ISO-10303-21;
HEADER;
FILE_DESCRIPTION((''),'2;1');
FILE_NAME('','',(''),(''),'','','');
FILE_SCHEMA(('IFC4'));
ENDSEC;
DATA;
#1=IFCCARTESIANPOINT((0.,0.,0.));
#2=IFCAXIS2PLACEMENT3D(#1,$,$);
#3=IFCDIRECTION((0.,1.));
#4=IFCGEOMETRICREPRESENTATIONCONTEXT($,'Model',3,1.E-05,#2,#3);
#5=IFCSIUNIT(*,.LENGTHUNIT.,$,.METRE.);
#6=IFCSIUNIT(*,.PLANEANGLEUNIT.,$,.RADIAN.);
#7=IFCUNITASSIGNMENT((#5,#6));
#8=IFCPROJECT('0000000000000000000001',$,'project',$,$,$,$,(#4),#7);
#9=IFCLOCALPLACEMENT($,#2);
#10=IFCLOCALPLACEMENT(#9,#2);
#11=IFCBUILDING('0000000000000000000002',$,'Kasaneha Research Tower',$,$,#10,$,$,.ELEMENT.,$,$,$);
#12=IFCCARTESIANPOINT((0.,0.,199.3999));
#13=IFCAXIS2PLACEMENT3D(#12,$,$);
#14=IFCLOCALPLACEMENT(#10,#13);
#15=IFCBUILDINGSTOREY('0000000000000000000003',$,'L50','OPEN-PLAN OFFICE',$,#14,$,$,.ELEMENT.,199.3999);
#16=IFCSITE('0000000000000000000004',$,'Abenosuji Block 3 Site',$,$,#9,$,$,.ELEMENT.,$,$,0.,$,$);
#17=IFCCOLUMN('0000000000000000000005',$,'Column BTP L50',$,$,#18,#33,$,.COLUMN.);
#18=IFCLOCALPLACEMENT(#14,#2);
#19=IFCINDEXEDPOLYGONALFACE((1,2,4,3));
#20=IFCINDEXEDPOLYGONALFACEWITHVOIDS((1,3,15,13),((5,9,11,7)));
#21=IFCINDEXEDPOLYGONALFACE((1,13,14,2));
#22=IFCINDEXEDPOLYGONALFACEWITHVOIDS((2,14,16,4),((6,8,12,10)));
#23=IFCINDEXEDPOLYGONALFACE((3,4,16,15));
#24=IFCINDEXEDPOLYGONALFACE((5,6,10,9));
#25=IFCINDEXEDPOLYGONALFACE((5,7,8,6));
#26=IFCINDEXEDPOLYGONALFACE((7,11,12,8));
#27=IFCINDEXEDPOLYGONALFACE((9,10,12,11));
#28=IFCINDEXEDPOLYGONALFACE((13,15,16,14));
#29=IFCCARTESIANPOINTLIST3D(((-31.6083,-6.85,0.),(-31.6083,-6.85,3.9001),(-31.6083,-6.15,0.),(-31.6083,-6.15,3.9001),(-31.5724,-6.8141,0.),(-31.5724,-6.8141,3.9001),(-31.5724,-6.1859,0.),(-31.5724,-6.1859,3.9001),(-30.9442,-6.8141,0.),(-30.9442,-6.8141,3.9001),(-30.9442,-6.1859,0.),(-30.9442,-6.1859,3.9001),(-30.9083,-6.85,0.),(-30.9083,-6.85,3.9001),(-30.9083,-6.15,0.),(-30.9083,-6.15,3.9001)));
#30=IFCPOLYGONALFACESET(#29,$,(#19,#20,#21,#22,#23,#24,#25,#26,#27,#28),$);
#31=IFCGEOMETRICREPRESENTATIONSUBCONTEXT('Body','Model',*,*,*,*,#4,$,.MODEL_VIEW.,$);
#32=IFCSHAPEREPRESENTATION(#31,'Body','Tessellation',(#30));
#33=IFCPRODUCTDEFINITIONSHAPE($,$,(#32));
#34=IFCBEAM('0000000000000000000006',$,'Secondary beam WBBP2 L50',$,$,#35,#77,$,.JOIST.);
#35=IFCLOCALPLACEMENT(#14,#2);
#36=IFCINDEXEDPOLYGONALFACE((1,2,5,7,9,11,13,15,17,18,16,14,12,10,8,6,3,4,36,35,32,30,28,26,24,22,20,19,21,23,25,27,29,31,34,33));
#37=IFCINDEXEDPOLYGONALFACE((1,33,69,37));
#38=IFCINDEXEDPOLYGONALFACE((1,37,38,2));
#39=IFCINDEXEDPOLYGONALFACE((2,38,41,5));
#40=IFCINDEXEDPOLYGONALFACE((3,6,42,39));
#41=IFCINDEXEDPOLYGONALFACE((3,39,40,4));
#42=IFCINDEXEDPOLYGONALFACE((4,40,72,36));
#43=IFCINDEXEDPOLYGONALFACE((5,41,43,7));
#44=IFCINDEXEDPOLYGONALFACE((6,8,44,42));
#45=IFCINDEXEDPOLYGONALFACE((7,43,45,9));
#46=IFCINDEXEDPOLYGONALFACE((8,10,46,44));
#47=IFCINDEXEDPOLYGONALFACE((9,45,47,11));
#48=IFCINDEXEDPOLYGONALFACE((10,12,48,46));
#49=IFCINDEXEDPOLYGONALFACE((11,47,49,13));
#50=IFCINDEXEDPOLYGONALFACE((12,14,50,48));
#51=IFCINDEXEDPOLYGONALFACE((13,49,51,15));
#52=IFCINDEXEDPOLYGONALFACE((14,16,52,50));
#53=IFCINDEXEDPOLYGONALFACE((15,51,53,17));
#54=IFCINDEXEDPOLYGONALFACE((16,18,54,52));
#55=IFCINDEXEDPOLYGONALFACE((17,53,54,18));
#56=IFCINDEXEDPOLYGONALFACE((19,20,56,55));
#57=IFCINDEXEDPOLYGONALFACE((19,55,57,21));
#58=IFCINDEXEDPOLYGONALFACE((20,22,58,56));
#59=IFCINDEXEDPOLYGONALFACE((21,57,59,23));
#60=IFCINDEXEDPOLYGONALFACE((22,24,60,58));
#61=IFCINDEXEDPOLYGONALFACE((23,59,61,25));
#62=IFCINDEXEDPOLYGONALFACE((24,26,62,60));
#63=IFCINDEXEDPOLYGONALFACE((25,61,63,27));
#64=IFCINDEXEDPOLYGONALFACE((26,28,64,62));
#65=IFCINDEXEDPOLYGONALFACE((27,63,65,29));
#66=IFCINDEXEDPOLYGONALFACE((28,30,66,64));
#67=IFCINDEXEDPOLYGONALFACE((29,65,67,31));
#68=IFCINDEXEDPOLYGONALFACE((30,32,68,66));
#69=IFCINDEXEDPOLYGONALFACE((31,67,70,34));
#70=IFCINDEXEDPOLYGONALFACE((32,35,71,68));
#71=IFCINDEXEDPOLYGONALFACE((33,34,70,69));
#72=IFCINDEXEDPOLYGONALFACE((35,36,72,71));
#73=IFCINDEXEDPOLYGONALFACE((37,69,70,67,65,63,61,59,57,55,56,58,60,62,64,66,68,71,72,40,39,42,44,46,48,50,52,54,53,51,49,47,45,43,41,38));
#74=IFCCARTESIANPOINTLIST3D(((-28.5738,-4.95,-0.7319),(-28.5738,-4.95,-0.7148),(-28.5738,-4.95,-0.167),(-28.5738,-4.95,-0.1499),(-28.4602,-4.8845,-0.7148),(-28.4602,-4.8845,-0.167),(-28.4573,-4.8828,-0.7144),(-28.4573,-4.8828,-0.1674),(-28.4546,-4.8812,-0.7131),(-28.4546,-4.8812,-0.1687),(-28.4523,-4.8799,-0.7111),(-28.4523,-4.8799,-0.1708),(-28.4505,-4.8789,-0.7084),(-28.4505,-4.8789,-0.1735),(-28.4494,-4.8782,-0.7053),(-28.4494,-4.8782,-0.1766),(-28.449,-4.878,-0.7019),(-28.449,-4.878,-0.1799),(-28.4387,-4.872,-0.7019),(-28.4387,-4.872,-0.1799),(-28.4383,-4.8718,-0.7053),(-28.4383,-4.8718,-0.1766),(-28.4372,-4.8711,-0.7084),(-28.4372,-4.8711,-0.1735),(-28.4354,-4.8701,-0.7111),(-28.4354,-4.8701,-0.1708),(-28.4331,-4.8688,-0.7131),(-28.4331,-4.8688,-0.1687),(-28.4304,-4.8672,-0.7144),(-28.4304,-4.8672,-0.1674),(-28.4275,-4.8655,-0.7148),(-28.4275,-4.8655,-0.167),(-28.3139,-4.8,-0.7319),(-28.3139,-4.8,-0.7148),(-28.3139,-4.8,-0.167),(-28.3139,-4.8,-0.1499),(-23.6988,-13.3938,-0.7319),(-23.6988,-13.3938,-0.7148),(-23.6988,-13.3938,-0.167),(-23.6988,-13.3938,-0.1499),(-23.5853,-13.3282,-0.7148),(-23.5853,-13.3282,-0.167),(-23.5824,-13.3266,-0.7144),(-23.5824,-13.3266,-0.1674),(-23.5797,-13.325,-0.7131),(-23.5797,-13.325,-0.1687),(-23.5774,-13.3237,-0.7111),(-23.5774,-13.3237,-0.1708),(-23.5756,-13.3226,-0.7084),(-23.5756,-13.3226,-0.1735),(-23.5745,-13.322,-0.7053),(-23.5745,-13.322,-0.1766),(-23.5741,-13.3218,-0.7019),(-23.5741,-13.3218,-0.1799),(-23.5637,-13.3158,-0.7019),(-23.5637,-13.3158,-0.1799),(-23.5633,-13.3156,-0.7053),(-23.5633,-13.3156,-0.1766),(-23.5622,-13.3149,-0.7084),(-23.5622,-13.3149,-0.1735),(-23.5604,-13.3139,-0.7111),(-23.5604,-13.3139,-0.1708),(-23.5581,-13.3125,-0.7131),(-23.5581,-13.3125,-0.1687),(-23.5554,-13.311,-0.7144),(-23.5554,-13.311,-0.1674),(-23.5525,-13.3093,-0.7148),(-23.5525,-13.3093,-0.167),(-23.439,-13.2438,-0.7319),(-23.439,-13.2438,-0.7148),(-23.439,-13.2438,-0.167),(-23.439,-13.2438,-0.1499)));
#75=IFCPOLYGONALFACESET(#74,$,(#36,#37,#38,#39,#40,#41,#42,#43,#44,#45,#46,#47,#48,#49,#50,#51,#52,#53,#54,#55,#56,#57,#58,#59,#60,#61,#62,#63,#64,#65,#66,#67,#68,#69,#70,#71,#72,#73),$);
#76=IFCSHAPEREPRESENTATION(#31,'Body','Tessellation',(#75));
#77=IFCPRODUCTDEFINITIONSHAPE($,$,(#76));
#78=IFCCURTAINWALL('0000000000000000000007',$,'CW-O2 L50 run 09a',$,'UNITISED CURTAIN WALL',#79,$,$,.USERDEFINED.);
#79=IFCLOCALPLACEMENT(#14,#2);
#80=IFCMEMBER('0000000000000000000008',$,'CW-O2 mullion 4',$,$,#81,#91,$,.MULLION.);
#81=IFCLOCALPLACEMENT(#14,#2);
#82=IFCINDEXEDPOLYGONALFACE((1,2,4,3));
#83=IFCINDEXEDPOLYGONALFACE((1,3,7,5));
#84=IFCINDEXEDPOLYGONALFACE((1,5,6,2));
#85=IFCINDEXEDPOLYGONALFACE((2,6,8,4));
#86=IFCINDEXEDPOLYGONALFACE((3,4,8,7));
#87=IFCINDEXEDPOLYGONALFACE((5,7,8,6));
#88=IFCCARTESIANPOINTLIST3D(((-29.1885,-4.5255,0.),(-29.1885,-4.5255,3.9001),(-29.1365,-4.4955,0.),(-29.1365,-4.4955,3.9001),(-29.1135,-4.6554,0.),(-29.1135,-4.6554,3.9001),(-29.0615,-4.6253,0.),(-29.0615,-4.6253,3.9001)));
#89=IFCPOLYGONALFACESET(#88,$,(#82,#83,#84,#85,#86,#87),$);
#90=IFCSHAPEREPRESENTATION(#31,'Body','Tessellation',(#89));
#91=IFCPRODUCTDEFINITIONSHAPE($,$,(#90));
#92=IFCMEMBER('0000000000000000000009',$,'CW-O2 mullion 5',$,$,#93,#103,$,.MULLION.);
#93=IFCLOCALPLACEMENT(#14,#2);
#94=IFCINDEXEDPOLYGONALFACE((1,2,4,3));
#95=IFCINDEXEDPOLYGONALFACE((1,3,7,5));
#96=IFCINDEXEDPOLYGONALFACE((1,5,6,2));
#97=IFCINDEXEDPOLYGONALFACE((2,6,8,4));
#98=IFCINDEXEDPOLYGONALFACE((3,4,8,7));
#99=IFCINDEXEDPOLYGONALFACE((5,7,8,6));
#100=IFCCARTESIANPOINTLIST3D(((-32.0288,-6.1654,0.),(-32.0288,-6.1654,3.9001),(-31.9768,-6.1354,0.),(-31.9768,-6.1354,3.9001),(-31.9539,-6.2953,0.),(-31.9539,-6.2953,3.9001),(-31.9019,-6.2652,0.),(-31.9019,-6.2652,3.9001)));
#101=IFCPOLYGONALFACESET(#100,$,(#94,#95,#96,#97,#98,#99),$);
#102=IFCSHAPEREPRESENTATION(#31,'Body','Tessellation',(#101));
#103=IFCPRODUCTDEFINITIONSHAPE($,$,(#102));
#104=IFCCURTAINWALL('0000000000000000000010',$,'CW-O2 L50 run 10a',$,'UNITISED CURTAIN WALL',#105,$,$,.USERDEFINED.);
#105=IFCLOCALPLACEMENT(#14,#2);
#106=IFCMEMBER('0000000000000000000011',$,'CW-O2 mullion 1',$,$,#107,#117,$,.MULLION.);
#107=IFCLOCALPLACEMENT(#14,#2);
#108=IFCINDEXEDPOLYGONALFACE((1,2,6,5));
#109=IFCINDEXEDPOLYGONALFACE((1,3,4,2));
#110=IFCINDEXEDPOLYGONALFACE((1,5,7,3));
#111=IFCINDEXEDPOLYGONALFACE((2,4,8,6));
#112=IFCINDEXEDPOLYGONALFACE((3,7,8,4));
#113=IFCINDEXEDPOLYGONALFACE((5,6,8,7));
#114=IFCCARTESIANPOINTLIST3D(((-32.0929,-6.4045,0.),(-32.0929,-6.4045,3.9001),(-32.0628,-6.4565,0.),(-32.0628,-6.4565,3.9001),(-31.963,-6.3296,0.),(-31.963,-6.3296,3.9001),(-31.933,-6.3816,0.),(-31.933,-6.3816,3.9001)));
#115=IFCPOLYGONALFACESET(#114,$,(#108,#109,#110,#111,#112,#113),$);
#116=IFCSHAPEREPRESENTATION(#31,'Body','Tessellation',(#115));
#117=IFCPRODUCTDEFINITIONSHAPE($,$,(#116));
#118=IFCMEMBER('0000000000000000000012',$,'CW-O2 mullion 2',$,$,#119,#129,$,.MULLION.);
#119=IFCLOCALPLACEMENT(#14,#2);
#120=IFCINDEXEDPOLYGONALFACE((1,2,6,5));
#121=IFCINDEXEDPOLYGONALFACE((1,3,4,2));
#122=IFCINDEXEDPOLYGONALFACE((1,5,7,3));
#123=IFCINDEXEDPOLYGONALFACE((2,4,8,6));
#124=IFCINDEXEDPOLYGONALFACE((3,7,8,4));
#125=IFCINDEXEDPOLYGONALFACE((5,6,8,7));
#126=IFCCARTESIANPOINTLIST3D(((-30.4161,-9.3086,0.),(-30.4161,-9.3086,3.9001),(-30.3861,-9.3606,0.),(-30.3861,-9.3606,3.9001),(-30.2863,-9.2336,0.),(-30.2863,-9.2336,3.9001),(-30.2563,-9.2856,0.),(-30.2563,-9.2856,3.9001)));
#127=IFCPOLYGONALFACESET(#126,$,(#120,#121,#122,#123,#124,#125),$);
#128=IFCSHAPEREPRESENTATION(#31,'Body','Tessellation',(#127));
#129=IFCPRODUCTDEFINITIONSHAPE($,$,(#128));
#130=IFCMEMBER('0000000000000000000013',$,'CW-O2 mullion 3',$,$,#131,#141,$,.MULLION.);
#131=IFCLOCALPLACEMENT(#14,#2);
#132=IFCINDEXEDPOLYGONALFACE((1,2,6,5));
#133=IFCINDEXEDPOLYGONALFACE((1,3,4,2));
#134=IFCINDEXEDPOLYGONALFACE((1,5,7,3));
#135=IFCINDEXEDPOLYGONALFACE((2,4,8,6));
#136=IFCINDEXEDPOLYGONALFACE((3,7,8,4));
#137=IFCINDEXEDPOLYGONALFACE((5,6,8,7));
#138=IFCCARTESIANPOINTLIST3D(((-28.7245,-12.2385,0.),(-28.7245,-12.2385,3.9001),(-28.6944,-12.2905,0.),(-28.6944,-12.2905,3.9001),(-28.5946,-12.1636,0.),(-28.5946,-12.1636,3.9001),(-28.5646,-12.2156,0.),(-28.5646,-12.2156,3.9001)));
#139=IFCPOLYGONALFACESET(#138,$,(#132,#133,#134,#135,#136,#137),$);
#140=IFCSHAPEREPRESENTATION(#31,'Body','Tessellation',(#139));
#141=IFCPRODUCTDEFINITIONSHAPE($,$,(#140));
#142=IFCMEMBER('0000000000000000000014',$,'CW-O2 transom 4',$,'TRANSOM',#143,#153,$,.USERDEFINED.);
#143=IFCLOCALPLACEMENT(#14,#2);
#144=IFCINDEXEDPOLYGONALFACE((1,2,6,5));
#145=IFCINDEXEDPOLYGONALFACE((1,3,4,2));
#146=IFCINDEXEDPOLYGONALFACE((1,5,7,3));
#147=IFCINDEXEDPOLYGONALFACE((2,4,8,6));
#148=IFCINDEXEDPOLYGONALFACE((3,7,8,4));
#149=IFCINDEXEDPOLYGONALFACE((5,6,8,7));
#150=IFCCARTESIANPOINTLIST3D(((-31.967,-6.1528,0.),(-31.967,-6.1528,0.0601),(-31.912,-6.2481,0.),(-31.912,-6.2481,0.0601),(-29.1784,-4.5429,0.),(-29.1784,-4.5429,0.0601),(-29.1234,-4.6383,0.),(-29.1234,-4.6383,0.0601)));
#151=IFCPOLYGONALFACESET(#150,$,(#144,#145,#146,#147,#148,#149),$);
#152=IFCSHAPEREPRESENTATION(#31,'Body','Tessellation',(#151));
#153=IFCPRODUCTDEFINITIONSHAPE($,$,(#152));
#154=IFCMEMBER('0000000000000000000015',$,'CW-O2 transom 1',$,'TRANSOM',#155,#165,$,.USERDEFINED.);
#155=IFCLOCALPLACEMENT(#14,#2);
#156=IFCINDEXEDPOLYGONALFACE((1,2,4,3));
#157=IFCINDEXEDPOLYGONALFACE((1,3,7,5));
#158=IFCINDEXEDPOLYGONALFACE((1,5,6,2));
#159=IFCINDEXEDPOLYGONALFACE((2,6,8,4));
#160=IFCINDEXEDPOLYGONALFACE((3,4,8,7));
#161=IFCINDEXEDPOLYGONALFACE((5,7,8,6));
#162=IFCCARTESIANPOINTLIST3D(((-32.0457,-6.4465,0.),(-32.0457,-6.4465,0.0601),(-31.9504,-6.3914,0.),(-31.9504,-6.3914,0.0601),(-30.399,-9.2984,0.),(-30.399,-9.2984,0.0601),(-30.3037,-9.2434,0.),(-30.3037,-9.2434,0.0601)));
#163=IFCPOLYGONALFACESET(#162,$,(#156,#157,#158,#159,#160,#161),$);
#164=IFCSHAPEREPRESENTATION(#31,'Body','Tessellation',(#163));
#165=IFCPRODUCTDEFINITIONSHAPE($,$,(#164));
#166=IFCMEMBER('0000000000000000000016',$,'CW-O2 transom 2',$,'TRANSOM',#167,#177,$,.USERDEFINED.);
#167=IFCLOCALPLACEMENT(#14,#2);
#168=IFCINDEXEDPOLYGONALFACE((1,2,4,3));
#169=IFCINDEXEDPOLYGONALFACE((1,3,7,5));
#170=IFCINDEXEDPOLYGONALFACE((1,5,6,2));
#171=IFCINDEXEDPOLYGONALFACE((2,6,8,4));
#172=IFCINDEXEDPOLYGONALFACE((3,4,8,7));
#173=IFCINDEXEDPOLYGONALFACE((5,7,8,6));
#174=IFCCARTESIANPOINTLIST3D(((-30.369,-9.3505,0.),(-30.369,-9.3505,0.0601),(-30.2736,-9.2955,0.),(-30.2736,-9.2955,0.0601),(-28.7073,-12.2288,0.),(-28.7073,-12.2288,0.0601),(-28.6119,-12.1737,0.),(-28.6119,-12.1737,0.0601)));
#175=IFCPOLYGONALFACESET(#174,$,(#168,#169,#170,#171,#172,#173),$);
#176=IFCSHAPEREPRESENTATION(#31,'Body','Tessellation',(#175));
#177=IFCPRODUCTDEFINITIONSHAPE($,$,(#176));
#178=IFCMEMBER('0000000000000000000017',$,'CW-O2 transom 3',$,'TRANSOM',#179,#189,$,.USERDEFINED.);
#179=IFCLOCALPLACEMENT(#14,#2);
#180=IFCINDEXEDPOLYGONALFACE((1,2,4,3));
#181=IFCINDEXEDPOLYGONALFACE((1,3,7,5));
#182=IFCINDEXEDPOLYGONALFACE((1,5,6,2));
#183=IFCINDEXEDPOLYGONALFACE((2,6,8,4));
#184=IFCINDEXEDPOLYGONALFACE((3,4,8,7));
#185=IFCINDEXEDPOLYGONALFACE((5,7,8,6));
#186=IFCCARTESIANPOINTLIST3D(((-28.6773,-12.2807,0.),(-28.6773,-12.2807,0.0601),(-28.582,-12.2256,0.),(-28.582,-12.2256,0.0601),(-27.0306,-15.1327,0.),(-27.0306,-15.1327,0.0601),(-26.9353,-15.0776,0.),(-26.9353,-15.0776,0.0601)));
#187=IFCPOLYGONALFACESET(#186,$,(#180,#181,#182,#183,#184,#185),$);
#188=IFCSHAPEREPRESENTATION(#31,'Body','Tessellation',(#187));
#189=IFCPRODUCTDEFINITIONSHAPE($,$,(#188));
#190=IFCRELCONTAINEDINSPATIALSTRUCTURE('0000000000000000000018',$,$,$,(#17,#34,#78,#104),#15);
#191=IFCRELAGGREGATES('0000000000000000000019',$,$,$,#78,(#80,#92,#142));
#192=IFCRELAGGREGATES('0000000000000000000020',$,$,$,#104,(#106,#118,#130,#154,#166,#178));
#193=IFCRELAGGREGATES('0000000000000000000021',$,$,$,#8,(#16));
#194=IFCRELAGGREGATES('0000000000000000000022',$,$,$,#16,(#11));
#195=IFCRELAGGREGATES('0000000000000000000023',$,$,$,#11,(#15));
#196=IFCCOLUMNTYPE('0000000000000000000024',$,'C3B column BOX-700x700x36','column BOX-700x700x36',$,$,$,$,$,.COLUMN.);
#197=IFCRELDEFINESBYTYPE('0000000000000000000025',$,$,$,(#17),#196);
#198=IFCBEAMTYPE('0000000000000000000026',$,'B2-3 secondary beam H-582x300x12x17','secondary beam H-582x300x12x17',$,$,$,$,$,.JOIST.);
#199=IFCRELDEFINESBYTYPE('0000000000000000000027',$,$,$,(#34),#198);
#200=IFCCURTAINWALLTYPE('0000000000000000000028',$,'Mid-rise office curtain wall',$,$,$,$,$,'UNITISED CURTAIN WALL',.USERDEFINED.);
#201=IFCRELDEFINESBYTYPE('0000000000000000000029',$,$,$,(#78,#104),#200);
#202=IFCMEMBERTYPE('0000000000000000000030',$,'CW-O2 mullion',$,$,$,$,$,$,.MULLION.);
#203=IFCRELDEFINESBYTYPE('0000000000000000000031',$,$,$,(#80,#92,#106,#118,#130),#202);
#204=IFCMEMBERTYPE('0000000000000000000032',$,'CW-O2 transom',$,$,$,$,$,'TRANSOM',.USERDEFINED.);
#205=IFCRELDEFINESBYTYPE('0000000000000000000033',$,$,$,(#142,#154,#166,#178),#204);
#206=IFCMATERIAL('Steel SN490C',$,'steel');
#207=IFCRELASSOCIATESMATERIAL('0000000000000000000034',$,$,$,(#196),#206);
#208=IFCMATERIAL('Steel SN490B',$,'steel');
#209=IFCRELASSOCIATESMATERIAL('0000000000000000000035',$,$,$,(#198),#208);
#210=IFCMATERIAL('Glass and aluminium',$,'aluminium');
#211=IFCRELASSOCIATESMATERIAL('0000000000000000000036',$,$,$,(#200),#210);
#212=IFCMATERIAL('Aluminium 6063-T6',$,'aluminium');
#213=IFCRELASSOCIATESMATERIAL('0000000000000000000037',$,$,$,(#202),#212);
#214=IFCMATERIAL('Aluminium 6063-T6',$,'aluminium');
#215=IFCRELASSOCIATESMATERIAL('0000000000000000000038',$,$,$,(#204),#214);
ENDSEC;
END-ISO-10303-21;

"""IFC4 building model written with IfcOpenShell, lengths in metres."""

from ifc_helpers import new_model, si_unit, direction, frame, origin, origin_2d, place, context, subcontext, project, spatial, rectangle, hollow_rectangle, i_section, extrude, material, material_profile, profile_set, type_object, element, aggregate, save


model = new_model("IFC4")

# Units and contexts
model_context = context("Model", 3, precision=1e-05, world=origin(), true_north=direction((0.0, 1.0)))
body_context = subcontext(model_context, "Body", "Model", "MODEL_VIEW")
ifc_project = project(units=[si_unit("LENGTHUNIT", "METRE"), si_unit("PLANEANGLEUNIT", "RADIAN")], contexts=[model_context])

# Site, building, storey
site_placement = place(None, origin())
site = spatial("IfcSite", under=ifc_project, at=site_placement, Name="Abenosuji Block 3 Site", CompositionType="ELEMENT", RefElevation=0.0)
building_placement = place(site_placement, origin())
building = spatial("IfcBuilding", under=site, at=building_placement, Name="Kasaneha Research Tower", CompositionType="ELEMENT")
storey_placement = place(building_placement, frame((0.0, 0.0, 199.3999)))
storey = spatial("IfcBuildingStorey", under=building, at=storey_placement, Name="L50", Description="OPEN-PLAN OFFICE", CompositionType="ELEMENT", Elevation=199.3999)

# Column
ifc_material_1 = material(Name="Steel SN490C", Category="steel")
ifc_material_profile_1 = material_profile(ifc_material_1, hollow_rectangle(XDim=0.7, YDim=0.7, WallThickness=0.0359, at=origin_2d()), Name="BOX-700x700x36")
ifc_profile_set_1 = profile_set([ifc_material_profile_1], Name="Steel SN490C")
column_type = type_object("IfcColumnType", Name="C3B column BOX-700x700x36", Description="column BOX-700x700x36", PredefinedType="COLUMN", material=ifc_profile_set_1)
column_placement = place(storey_placement, frame((-31.2583, -6.5, 0.0), z_axis=(0.0, 0.0, 1.0), x_axis=(1.0, 0.0, 0.0)))
element("IfcColumn", 1, at=column_placement, inside=storey, type_object=column_type, Name="Column BTP L50", PredefinedType="COLUMN", context=body_context, shape_type="SweptSolid", body=[
    extrude(hollow_rectangle(XDim=0.7, YDim=0.7, WallThickness=0.0359, at=origin_2d()), origin(), (0.0, 0.0, 1.0), 3.9001),
])

# Beam
ifc_material_2 = material(Name="Steel SN490B", Category="steel")
ifc_material_profile_2 = material_profile(ifc_material_2, i_section(OverallWidth=0.3, OverallDepth=0.582, WebThickness=0.012, FlangeThickness=0.0171, FilletRadius=0.0129, at=origin_2d()), Name="H-582x300x12x17")
ifc_profile_set_2 = profile_set([ifc_material_profile_2], Name="Steel SN490B")
beam_type_1 = type_object("IfcBeamType", Name="B2-3 secondary beam H-582x300x12x17", Description="secondary beam H-582x300x12x17", PredefinedType="JOIST", material=ifc_profile_set_2)
beam_1_placement = place(storey_placement, frame((-28.4438, -4.875, -0.4409), z_axis=(0.499996, -0.866028, 0.0), x_axis=(0.866028, 0.499996, 0.0)))
element("IfcBeam", 2, at=beam_1_placement, inside=storey, type_object=beam_type_1, Name="Secondary beam WBBP2 L50", PredefinedType="JOIST", context=body_context, shape_type="SweptSolid", body=[
    extrude(i_section(OverallWidth=0.3, OverallDepth=0.582, WebThickness=0.012, FlangeThickness=0.0171, FilletRadius=0.0129, at=origin_2d()), origin(), (0.0, 0.0, 1.0), 9.75),
])

# Curtain walls, members
ifc_material_3 = material(Name="Glass and aluminium", Category="aluminium")
curtain_wall_type = type_object("IfcCurtainWallType", Name="Mid-rise office curtain wall", ElementType="UNITISED CURTAIN WALL", PredefinedType="USERDEFINED", material=ifc_material_3)
curtain_wall_1_placement = place(storey_placement, origin())
curtain_wall_1 = element("IfcCurtainWall", 3, at=curtain_wall_1_placement, inside=storey, type_object=curtain_wall_type, Name="CW-O2 L50 run 09a", ObjectType="UNITISED CURTAIN WALL", PredefinedType="USERDEFINED")
ifc_material_4 = material(Name="Aluminium 6063-T6", Category="aluminium")
ifc_material_profile_3 = material_profile(ifc_material_4, rectangle(XDim=0.0601, YDim=0.1499, at=origin_2d()), Name="CW-O2 mullion 60x150")
ifc_profile_set_3 = profile_set([ifc_material_profile_3], Name="Aluminium 6063-T6")
member_type_1 = type_object("IfcMemberType", Name="CW-O2 mullion", PredefinedType="MULLION", material=ifc_profile_set_3)
member_1_placement = place(storey_placement, frame((-29.125, -4.5754, 0.0), z_axis=(0.0, 0.0, 1.0), x_axis=(-0.866025, -0.5, 0.0)))
member_1 = element("IfcMember", 4, at=member_1_placement, type_object=member_type_1, Name="CW-O2 mullion 4", PredefinedType="MULLION", context=body_context, shape_type="SweptSolid", body=[
    extrude(rectangle(XDim=0.0601, YDim=0.1499, at=origin_2d()), origin(), (0.0, 0.0, 1.0), 3.9001),
])
member_2_placement = place(storey_placement, frame((-31.9653, -6.2153, 0.0), z_axis=(0.0, 0.0, 1.0), x_axis=(-0.866025, -0.5, 0.0)))
member_2 = element("IfcMember", 5, at=member_2_placement, type_object=member_type_1, Name="CW-O2 mullion 5", PredefinedType="MULLION", context=body_context, shape_type="SweptSolid", body=[
    extrude(rectangle(XDim=0.0601, YDim=0.1499, at=origin_2d()), origin(), (0.0, 0.0, 1.0), 3.9001),
])
curtain_wall_2_placement = place(storey_placement, origin())
curtain_wall_2 = element("IfcCurtainWall", 6, at=curtain_wall_2_placement, inside=storey, type_object=curtain_wall_type, Name="CW-O2 L50 run 10a", ObjectType="UNITISED CURTAIN WALL", PredefinedType="USERDEFINED")
member_3_placement = place(storey_placement, frame((-32.0129, -6.3931, 0.0), z_axis=(0.0, 0.0, 1.0), x_axis=(0.5, -0.866025, 0.0)))
member_3 = element("IfcMember", 7, at=member_3_placement, type_object=member_type_1, Name="CW-O2 mullion 1", PredefinedType="MULLION", context=body_context, shape_type="SweptSolid", body=[
    extrude(rectangle(XDim=0.0601, YDim=0.1499, at=origin_2d()), origin(), (0.0, 0.0, 1.0), 3.9001),
])
member_4_placement = place(storey_placement, frame((-30.3362, -9.2971, 0.0), z_axis=(0.0, 0.0, 1.0), x_axis=(0.5, -0.866025, 0.0)))
member_4 = element("IfcMember", 8, at=member_4_placement, type_object=member_type_1, Name="CW-O2 mullion 2", PredefinedType="MULLION", context=body_context, shape_type="SweptSolid", body=[
    extrude(rectangle(XDim=0.0601, YDim=0.1499, at=origin_2d()), origin(), (0.0, 0.0, 1.0), 3.9001),
])
member_5_placement = place(storey_placement, frame((-28.6445, -12.2271, 0.0), z_axis=(0.0, 0.0, 1.0), x_axis=(0.5, -0.866025, 0.0)))
member_5 = element("IfcMember", 9, at=member_5_placement, type_object=member_type_1, Name="CW-O2 mullion 3", PredefinedType="MULLION", context=body_context, shape_type="SweptSolid", body=[
    extrude(rectangle(XDim=0.0601, YDim=0.1499, at=origin_2d()), origin(), (0.0, 0.0, 1.0), 3.9001),
])

# Members
ifc_material_5 = material(Name="Aluminium 6063-T6", Category="aluminium")
ifc_material_profile_4 = material_profile(ifc_material_5, rectangle(XDim=0.1101, YDim=0.0601, at=origin_2d()), Name="CW-O2 transom 110x60")
ifc_profile_set_4 = profile_set([ifc_material_profile_4], Name="Aluminium 6063-T6")
member_type_2 = type_object("IfcMemberType", Name="CW-O2 transom", ElementType="TRANSOM", PredefinedType="USERDEFINED", material=ifc_profile_set_4)
member_6_placement = place(storey_placement, frame((-29.1509, -4.5906, 0.03), z_axis=(-0.866042, -0.499972, 0.0), x_axis=(0.499972, -0.866042, 0.0)))
member_6 = element("IfcMember", 10, at=member_6_placement, type_object=member_type_2, Name="CW-O2 transom 4", ObjectType="TRANSOM", PredefinedType="USERDEFINED", context=body_context, shape_type="SweptSolid", body=[
    extrude(rectangle(XDim=0.1101, YDim=0.0601, at=origin_2d()), origin(), (0.0, 0.0, 1.0), 3.22),
])
member_7_placement = place(storey_placement, frame((-31.998, -6.4189, 0.03), z_axis=(0.500022, -0.866013, 0.0), x_axis=(0.866013, 0.500022, 0.0)))
member_7 = element("IfcMember", 11, at=member_7_placement, type_object=member_type_2, Name="CW-O2 transom 1", ObjectType="TRANSOM", PredefinedType="USERDEFINED", context=body_context, shape_type="SweptSolid", body=[
    extrude(rectangle(XDim=0.1101, YDim=0.0601, at=origin_2d()), origin(), (0.0, 0.0, 1.0), 3.2932),
])
member_8_placement = place(storey_placement, frame((-30.3213, -9.323, 0.03), z_axis=(0.499979, -0.866038, 0.0), x_axis=(0.866038, 0.499979, 0.0)))
member_8 = element("IfcMember", 12, at=member_8_placement, type_object=member_type_2, Name="CW-O2 transom 2", ObjectType="TRANSOM", PredefinedType="USERDEFINED", context=body_context, shape_type="SweptSolid", body=[
    extrude(rectangle(XDim=0.1101, YDim=0.0601, at=origin_2d()), origin(), (0.0, 0.0, 1.0), 3.3235),
])
member_9_placement = place(storey_placement, frame((-28.6296, -12.2532, 0.03), z_axis=(0.500022, -0.866013, 0.0), x_axis=(0.866013, 0.500022, 0.0)))
member_9 = element("IfcMember", 13, at=member_9_placement, type_object=member_type_2, Name="CW-O2 transom 3", ObjectType="TRANSOM", PredefinedType="USERDEFINED", context=body_context, shape_type="SweptSolid", body=[
    extrude(rectangle(XDim=0.1101, YDim=0.0601, at=origin_2d()), origin(), (0.0, 0.0, 1.0), 3.2932),
])

aggregate(curtain_wall_1, [member_1, member_2, member_6])
aggregate(curtain_wall_2, [member_3, member_4, member_5, member_7, member_8, member_9])

save(model, "model.ifc")
